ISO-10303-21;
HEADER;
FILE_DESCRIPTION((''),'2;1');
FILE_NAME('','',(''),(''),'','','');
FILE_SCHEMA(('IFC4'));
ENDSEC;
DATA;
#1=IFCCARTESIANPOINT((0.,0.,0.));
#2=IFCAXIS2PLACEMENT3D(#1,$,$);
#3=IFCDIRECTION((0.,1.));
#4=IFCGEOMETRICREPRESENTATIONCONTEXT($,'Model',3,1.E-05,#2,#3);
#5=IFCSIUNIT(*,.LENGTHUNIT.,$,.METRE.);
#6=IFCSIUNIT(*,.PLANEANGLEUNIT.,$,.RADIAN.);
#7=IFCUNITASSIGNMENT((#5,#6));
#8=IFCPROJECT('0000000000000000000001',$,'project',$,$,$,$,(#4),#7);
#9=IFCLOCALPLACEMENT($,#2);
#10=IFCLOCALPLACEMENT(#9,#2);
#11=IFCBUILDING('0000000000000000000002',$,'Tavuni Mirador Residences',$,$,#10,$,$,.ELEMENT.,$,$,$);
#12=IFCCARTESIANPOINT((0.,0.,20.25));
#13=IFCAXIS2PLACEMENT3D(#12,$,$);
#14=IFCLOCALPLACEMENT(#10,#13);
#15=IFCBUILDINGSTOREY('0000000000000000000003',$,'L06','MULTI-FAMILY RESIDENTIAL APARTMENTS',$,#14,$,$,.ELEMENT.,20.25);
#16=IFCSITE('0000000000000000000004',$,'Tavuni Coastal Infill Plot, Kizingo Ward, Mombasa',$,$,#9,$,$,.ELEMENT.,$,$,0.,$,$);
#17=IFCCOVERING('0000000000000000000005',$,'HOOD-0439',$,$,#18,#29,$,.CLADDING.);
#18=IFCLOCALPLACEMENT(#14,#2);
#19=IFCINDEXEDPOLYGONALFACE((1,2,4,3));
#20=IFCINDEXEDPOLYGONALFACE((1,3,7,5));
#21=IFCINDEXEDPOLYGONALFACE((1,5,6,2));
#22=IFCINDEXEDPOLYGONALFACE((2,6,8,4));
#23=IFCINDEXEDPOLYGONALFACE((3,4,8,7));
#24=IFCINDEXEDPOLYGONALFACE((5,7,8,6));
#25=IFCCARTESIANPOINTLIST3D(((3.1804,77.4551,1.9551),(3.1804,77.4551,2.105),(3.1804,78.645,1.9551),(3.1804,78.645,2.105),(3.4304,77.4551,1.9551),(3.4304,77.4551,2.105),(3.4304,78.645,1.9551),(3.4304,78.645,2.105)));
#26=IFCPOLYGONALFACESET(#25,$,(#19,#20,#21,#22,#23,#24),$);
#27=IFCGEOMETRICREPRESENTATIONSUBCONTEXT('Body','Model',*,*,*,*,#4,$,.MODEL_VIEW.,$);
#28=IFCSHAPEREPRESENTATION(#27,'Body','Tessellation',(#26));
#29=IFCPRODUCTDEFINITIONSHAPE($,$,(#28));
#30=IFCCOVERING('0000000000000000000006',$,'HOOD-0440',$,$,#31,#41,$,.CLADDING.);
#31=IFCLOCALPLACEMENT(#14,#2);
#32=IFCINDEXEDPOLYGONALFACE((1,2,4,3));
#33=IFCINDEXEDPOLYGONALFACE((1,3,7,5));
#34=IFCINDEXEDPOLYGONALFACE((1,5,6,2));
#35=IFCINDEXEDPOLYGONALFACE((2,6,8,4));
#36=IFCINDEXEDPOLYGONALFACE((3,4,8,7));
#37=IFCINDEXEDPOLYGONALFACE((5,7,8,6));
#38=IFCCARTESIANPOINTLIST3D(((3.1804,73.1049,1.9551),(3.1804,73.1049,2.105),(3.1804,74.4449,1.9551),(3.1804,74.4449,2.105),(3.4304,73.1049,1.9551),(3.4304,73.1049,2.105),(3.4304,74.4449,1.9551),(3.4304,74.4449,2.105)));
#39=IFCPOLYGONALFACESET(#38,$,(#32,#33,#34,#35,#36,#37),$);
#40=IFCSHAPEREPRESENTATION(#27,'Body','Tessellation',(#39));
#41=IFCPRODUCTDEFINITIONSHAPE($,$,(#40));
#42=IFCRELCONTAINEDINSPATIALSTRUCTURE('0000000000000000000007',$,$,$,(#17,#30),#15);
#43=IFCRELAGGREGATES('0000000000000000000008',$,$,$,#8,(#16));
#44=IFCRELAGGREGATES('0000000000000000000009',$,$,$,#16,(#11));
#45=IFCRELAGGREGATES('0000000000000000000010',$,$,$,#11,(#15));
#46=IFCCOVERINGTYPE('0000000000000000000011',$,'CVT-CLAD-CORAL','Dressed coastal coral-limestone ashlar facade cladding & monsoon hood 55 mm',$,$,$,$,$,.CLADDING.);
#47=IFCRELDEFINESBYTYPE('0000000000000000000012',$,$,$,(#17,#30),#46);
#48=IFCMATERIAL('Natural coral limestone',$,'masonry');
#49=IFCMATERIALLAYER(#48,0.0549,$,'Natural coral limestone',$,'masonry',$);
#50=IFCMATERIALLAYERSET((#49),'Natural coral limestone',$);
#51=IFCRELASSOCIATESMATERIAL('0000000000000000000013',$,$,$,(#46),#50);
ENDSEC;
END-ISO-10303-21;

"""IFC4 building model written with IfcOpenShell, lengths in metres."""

from ifc_helpers import new_model, si_unit, direction, frame, origin, origin_2d, place, context, subcontext, project, spatial, rectangle, extrude, material, layer, layer_set, type_object, element, save


model = new_model("IFC4")

# Units and contexts
model_context = context("Model", 3, precision=1e-05, world=origin(), true_north=direction((0.0, 1.0)))
body_context = subcontext(model_context, "Body", "Model", "MODEL_VIEW")
ifc_project = project(units=[si_unit("LENGTHUNIT", "METRE"), si_unit("PLANEANGLEUNIT", "RADIAN")], contexts=[model_context])

# Site, building, storey
site_placement = place(None, origin())
site = spatial("IfcSite", under=ifc_project, at=site_placement, Name="Tavuni Coastal Infill Plot, Kizingo Ward, Mombasa", CompositionType="ELEMENT", RefElevation=0.0)
building_placement = place(site_placement, origin())
building = spatial("IfcBuilding", under=site, at=building_placement, Name="Tavuni Mirador Residences", CompositionType="ELEMENT")
storey_placement = place(building_placement, frame((0.0, 0.0, 20.25)))
storey = spatial("IfcBuildingStorey", under=building, at=storey_placement, Name="L06", Description="MULTI-FAMILY RESIDENTIAL APARTMENTS", CompositionType="ELEMENT", Elevation=20.25)

# Coverings
ifc_material_1 = material(Name="Natural coral limestone", Category="masonry")
ifc_layer_1 = layer(ifc_material_1, 0.0549, Name="Natural coral limestone", Category="masonry")
ifc_layer_set_1 = layer_set([ifc_layer_1], Name="Natural coral limestone")
covering_type = type_object("IfcCoveringType", Name="CVT-CLAD-CORAL", Description="Dressed coastal coral-limestone ashlar facade cladding & monsoon hood 55 mm", PredefinedType="CLADDING", material=ifc_layer_set_1)
covering_1_placement = place(storey_placement, frame((3.3054, 78.05, 1.9551), z_axis=(0.0, 0.0, 1.0), x_axis=(0.0, -1.0, 0.0)))
element("IfcCovering", 1, at=covering_1_placement, inside=storey, type_object=covering_type, Name="HOOD-0439", PredefinedType="CLADDING", context=body_context, shape_type="SweptSolid", body=[
    extrude(rectangle(XDim=1.1899, YDim=0.25, at=origin_2d()), origin(), (0.0, 0.0, 1.0), 0.1499),
])
covering_2_placement = place(storey_placement, frame((3.3054, 73.7749, 1.9551), z_axis=(0.0, 0.0, 1.0), x_axis=(0.0, -1.0, 0.0)))
element("IfcCovering", 2, at=covering_2_placement, inside=storey, type_object=covering_type, Name="HOOD-0440", PredefinedType="CLADDING", context=body_context, shape_type="SweptSolid", body=[
    extrude(rectangle(XDim=1.3401, YDim=0.25, at=origin_2d()), origin(), (0.0, 0.0, 1.0), 0.1499),
])

save(model, "model.ifc")
